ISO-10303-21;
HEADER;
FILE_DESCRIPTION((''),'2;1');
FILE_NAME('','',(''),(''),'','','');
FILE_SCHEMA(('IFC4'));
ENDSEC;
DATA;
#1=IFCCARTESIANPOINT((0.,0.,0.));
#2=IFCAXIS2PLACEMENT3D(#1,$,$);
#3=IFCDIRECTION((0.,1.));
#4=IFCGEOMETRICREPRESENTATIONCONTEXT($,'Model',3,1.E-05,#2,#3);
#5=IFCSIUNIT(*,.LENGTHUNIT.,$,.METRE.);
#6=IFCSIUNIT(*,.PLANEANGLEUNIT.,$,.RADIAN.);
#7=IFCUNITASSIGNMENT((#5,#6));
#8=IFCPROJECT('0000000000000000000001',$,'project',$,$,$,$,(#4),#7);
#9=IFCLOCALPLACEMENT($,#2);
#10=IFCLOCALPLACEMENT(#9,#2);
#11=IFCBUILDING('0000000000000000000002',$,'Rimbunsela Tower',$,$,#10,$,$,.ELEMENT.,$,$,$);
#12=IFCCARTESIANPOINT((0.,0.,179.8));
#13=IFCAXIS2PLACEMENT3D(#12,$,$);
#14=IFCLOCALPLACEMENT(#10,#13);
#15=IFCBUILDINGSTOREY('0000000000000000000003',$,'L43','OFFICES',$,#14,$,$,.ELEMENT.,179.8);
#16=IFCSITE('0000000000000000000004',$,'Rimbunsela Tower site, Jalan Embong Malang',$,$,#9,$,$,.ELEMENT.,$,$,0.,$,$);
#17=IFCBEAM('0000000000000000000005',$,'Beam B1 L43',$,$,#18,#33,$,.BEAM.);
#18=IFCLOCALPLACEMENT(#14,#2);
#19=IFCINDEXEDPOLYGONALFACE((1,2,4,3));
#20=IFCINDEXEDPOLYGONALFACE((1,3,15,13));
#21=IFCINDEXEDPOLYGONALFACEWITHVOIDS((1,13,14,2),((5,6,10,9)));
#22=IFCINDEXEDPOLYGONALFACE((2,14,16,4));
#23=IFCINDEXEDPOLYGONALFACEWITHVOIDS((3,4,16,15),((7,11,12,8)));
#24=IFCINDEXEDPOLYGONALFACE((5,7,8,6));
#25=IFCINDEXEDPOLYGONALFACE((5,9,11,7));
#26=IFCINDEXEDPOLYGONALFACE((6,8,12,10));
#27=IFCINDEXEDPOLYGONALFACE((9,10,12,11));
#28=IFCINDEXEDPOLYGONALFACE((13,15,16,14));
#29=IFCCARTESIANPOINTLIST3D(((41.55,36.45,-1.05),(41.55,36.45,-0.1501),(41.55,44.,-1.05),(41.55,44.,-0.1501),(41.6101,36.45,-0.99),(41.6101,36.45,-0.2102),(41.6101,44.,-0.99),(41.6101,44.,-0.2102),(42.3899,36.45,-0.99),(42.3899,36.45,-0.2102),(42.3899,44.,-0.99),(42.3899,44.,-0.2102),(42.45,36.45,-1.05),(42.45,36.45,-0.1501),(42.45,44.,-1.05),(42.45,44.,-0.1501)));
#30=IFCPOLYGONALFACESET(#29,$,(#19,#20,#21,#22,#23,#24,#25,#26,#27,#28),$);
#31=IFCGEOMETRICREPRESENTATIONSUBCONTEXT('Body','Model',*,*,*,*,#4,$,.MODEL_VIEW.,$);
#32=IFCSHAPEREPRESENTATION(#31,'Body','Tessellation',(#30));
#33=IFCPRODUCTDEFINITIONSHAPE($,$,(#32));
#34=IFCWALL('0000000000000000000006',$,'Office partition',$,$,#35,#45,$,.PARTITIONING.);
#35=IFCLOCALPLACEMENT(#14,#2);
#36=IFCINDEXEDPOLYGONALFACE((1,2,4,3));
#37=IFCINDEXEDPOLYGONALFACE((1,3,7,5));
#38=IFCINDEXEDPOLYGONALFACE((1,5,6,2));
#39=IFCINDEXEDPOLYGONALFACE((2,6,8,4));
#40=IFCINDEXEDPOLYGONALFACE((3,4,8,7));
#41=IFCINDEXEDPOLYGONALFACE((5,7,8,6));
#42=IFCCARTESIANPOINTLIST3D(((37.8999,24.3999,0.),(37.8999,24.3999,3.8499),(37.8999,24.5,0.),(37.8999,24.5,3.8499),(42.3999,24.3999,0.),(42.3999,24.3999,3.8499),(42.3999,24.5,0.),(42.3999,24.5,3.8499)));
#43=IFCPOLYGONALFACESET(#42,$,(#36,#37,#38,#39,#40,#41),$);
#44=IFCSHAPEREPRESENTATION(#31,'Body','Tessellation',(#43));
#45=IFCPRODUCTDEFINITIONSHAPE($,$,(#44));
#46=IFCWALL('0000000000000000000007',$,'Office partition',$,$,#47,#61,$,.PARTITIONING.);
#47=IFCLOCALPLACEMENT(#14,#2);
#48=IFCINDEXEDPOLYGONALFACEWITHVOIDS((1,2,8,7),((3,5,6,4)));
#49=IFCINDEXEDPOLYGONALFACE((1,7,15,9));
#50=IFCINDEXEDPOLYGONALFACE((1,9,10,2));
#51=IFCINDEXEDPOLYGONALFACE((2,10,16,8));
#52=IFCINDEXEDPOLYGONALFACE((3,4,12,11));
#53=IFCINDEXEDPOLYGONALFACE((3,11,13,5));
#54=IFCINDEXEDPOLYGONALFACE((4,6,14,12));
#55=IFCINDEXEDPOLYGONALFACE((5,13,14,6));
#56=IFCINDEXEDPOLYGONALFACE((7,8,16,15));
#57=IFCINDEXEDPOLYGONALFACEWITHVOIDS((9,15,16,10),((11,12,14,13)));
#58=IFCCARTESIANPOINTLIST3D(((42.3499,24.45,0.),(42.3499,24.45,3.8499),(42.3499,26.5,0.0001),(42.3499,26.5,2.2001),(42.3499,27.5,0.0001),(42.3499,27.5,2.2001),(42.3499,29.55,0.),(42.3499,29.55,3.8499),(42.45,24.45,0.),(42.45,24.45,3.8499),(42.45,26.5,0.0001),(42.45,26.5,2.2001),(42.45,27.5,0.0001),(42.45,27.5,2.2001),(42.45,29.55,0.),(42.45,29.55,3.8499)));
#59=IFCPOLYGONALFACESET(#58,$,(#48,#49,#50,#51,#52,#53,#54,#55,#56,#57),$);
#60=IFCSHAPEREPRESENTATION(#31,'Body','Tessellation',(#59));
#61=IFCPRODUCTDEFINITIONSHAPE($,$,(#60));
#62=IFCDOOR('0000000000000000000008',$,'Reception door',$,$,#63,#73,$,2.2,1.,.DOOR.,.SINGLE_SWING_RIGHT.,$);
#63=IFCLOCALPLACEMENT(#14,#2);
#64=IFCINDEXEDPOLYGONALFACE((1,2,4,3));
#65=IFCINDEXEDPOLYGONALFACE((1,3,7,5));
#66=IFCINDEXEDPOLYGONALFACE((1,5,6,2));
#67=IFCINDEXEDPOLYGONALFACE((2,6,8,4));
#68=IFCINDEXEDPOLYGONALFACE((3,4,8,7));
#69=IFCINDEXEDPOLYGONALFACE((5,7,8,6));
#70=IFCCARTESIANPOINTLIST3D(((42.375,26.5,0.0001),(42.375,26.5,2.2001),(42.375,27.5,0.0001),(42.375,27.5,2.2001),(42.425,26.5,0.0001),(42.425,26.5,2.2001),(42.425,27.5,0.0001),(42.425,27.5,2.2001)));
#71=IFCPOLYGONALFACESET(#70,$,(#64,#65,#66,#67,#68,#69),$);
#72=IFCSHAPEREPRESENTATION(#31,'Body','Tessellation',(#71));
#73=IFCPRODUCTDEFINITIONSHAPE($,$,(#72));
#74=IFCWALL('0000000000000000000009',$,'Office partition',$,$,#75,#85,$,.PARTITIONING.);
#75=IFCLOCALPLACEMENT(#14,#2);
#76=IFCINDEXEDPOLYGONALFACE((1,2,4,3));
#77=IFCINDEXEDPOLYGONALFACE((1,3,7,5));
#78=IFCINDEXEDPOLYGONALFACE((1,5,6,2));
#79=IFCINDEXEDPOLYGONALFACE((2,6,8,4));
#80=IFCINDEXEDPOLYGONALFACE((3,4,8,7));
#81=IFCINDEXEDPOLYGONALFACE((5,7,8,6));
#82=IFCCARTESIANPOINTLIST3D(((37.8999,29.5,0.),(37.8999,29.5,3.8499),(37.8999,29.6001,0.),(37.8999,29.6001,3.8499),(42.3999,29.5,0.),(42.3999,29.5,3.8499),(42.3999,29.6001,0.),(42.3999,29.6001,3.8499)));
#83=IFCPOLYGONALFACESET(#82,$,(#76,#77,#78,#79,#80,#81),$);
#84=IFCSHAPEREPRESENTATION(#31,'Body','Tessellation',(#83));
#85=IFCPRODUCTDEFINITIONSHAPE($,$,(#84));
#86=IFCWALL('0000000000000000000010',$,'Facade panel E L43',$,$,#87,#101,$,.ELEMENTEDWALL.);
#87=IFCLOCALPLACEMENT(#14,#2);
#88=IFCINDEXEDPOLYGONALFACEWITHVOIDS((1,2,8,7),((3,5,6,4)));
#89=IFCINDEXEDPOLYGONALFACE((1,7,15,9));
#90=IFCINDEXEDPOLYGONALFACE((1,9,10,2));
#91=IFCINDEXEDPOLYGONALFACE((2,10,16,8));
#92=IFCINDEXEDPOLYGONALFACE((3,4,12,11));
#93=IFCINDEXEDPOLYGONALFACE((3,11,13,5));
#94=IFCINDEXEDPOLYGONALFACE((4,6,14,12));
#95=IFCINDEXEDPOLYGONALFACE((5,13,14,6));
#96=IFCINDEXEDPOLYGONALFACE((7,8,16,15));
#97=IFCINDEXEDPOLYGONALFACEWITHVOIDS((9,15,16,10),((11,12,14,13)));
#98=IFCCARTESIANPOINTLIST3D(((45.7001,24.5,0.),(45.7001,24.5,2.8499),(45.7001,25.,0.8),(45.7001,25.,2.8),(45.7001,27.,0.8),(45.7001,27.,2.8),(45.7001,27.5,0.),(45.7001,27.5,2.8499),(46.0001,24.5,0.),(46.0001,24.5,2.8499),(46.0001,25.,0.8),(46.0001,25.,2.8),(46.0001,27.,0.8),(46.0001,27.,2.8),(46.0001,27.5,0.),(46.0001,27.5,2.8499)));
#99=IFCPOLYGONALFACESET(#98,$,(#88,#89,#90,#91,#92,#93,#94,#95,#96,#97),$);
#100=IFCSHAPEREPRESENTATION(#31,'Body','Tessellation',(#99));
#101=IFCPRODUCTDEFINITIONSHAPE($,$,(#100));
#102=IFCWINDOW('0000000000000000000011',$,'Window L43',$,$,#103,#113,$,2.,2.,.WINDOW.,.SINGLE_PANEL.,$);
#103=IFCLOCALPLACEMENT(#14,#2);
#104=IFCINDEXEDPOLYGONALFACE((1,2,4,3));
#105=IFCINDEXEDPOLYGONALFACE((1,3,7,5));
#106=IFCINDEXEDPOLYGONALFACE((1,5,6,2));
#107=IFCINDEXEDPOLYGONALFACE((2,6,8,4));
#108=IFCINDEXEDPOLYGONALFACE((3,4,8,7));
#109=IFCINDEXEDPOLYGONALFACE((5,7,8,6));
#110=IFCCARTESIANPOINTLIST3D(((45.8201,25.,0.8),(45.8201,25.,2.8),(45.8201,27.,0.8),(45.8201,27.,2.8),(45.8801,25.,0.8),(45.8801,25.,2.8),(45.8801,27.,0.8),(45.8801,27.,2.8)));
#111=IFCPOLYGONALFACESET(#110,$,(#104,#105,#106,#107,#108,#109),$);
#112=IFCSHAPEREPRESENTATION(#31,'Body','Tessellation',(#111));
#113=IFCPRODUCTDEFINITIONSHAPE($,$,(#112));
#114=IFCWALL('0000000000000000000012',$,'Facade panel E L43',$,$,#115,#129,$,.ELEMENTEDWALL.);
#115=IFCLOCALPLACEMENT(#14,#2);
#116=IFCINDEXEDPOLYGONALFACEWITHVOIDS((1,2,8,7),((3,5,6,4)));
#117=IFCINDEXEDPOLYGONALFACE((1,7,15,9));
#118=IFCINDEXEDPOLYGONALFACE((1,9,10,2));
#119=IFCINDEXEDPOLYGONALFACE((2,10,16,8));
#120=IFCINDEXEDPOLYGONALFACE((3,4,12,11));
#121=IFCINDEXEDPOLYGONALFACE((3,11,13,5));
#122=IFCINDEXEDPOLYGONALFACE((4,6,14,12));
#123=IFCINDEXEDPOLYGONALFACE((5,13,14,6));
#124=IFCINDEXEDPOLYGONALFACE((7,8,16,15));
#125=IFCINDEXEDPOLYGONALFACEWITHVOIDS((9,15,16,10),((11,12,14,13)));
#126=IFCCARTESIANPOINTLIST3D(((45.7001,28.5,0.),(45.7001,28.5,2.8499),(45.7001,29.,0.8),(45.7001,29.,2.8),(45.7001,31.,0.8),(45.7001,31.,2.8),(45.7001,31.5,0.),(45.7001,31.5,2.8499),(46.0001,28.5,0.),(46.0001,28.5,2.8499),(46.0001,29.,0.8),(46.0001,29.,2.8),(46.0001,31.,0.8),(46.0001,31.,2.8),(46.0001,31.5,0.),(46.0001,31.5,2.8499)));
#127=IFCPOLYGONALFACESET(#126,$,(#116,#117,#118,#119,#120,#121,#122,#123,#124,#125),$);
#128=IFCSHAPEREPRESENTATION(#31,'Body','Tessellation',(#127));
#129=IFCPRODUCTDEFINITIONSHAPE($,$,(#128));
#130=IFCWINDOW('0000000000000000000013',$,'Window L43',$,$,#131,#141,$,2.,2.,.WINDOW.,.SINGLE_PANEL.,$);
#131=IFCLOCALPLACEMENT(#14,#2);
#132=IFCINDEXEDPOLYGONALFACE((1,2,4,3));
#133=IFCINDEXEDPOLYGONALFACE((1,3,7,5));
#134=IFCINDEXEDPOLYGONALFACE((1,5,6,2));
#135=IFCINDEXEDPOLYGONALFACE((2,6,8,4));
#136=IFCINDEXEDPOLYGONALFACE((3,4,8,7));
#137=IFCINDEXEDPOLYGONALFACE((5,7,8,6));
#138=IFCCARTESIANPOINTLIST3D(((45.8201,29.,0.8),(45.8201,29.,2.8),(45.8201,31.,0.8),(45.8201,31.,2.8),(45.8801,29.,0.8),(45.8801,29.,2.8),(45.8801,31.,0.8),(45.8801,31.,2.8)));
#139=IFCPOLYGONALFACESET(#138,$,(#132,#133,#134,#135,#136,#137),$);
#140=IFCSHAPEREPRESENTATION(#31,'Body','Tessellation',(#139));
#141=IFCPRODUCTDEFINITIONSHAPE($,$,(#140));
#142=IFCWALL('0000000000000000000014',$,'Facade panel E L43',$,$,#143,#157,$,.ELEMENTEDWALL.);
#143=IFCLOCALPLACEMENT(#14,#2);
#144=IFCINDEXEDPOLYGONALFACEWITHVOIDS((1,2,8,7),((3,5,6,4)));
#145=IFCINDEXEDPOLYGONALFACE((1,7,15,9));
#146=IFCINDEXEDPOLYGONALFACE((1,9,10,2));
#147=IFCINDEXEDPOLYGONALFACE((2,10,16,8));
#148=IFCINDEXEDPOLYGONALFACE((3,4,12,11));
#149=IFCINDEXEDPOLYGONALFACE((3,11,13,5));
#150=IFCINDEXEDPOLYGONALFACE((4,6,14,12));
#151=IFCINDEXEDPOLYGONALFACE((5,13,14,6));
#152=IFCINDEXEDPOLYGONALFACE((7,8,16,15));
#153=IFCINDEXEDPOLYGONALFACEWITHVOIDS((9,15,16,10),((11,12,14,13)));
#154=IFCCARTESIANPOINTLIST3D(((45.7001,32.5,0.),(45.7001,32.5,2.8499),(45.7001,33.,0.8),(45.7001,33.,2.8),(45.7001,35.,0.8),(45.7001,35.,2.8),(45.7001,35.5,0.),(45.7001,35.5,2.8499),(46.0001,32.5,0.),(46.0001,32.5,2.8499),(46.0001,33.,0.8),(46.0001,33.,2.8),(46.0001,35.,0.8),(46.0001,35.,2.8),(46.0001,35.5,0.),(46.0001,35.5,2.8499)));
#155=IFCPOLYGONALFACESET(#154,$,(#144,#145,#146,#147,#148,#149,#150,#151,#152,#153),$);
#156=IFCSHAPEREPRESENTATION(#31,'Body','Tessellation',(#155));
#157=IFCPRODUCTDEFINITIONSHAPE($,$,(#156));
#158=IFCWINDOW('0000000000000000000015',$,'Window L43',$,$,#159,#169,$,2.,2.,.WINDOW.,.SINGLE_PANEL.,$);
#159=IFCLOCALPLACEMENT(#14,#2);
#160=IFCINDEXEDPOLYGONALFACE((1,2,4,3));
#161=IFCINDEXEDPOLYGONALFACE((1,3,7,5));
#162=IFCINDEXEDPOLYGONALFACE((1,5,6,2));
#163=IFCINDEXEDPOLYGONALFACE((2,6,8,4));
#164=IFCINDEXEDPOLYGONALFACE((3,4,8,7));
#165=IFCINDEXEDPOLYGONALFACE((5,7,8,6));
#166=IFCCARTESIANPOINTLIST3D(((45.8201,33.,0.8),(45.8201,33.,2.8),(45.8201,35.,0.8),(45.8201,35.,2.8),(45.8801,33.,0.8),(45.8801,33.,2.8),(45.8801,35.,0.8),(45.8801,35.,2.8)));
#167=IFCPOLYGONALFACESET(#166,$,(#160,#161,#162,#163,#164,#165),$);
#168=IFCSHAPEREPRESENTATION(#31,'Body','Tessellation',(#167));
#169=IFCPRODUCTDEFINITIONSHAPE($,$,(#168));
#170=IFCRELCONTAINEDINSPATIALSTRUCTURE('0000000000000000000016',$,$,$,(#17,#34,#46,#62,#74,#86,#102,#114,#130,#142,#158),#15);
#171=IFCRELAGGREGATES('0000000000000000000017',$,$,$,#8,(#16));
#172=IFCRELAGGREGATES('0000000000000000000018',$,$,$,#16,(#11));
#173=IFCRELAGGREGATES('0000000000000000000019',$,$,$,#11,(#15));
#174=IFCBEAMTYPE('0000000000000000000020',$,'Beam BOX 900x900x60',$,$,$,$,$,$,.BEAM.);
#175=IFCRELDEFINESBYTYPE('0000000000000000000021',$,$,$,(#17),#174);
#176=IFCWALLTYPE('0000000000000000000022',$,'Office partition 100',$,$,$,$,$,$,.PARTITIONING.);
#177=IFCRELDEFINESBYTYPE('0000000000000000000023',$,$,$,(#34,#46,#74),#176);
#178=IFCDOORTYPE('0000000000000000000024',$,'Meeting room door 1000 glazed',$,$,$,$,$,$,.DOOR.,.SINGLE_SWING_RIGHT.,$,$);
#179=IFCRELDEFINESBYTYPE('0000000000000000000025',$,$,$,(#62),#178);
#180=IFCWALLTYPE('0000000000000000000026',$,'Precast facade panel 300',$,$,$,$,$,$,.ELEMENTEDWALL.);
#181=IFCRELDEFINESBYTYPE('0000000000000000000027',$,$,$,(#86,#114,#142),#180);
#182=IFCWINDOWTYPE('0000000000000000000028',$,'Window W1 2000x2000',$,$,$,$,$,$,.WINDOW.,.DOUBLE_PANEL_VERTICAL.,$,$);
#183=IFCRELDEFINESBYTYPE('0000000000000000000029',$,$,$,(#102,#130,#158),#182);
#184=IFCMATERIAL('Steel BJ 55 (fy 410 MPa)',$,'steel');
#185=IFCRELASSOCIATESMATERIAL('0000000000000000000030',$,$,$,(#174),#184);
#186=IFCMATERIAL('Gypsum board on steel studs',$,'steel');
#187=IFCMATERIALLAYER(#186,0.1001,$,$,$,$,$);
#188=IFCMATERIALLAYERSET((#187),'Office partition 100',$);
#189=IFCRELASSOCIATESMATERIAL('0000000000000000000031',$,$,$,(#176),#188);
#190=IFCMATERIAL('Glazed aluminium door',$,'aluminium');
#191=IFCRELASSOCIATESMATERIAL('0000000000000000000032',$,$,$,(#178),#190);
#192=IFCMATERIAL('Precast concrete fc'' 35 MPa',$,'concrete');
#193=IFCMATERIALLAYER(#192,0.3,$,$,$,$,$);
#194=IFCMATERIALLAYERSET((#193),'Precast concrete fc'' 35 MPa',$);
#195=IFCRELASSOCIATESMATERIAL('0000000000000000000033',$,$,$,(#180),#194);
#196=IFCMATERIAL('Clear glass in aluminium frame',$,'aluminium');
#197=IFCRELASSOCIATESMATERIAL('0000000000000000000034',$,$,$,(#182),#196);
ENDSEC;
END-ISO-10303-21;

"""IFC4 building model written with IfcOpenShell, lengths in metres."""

from ifc_helpers import new_model, si_unit, direction, frame, frame_2d, origin, origin_2d, place, context, subcontext, project, spatial, rectangle, hollow_rectangle, extrude, material, layer, layer_set, material_profile, profile_set, type_object, element, fill, save


model = new_model("IFC4")

# Units and contexts
model_context = context("Model", 3, precision=1e-05, world=origin(), true_north=direction((0.0, 1.0)))
body_context = subcontext(model_context, "Body", "Model", "MODEL_VIEW")
ifc_project = project(units=[si_unit("LENGTHUNIT", "METRE"), si_unit("PLANEANGLEUNIT", "RADIAN")], contexts=[model_context])

# Site, building, storey
site_placement = place(None, origin())
site = spatial("IfcSite", under=ifc_project, at=site_placement, Name="Rimbunsela Tower site, Jalan Embong Malang", CompositionType="ELEMENT", RefElevation=0.0)
building_placement = place(site_placement, origin())
building = spatial("IfcBuilding", under=site, at=building_placement, Name="Rimbunsela Tower", CompositionType="ELEMENT")
storey_placement = place(building_placement, frame((0.0, 0.0, 179.8)))
storey = spatial("IfcBuildingStorey", under=building, at=storey_placement, Name="L43", Description="OFFICES", CompositionType="ELEMENT", Elevation=179.8)

# Beam
ifc_material_1 = material(Name="Steel BJ 55 (fy 410 MPa)", Category="steel")
ifc_material_profile_1 = material_profile(ifc_material_1, hollow_rectangle(XDim=0.8999, YDim=0.8999, WallThickness=0.0601, at=origin_2d()), Name="BOX 900x900x60")
ifc_profile_set_1 = profile_set([ifc_material_profile_1], Name="Steel BJ 55 (fy 410 MPa)")
beam_type_1 = type_object("IfcBeamType", Name="Beam BOX 900x900x60", PredefinedType="BEAM", material=ifc_profile_set_1)
beam_1_placement = place(storey_placement, frame((42.0, 36.45, -0.6001), z_axis=(0.0, 1.0, 0.0), x_axis=(-1.0, 0.0, 0.0)))
element("IfcBeam", 1, at=beam_1_placement, inside=storey, type_object=beam_type_1, Name="Beam B1 L43", PredefinedType="BEAM", context=body_context, shape_type="SweptSolid", body=[
    extrude(hollow_rectangle(XDim=0.8999, YDim=0.8999, WallThickness=0.0601, at=origin_2d()), origin(), (0.0, 0.0, 1.0), 7.55),
])

# Wall
ifc_material_2 = material(Name="Gypsum board on steel studs", Category="steel")
ifc_layer_1 = layer(ifc_material_2, 0.1001)
ifc_layer_set_1 = layer_set([ifc_layer_1], Name="Office partition 100")
wall_type_1 = type_object("IfcWallType", Name="Office partition 100", PredefinedType="PARTITIONING", material=ifc_layer_set_1)
wall_1_placement = place(storey_placement, frame((37.8999, 24.45, 0.0), z_axis=(0.0, 0.0, 1.0), x_axis=(1.0, 0.0, 0.0)))
element("IfcWall", 2, at=wall_1_placement, inside=storey, type_object=wall_type_1, Name="Office partition", PredefinedType="PARTITIONING", context=body_context, shape_type="SweptSolid", body=[
    extrude(rectangle(XDim=4.5, YDim=0.1001, at=frame_2d((2.25, 0.0))), origin(), (0.0, 0.0, 1.0), 3.8499),
])

# Wall, opening, door
wall_2_placement = place(storey_placement, frame((42.3999, 24.45, 0.0), z_axis=(0.0, 0.0, 1.0), x_axis=(0.0, 1.0, 0.0)))
wall_2 = element("IfcWall", 3, at=wall_2_placement, inside=storey, type_object=wall_type_1, Name="Office partition", PredefinedType="PARTITIONING", context=body_context, shape_type="SweptSolid", body=[
    extrude(rectangle(XDim=5.1001, YDim=0.1001, at=frame_2d((2.55, 0.0))), origin(), (0.0, 0.0, 1.0), 3.8499),
])
opening_1_placement = place(wall_2_placement, frame((2.05, 0.0, 0.0)))
opening_1 = element("IfcOpeningElement", 4, at=opening_1_placement, cuts=wall_2, PredefinedType="OPENING", context=body_context, shape_type="SweptSolid", body=[
    extrude(rectangle(XDim=1.0, YDim=2.2, at=frame_2d((0.5, 1.1001))), frame((0.0, 0.0601, 0.0), z_axis=(0.0, -1.0, 0.0), x_axis=(1.0, 0.0, 0.0)), (0.0, 0.0, 1.0), 0.1201),
])
ifc_material_3 = material(Name="Glazed aluminium door", Category="aluminium")
door_type = type_object("IfcDoorType", Name="Meeting room door 1000 glazed", OperationType="SINGLE_SWING_RIGHT", PredefinedType="DOOR", material=ifc_material_3)
door_placement = place(opening_1_placement, origin())
door = element("IfcDoor", 5, at=door_placement, inside=storey, type_object=door_type, Name="Reception door", OperationType="SINGLE_SWING_RIGHT", OverallHeight=2.2, OverallWidth=1.0, PredefinedType="DOOR", context=body_context, shape_type="SweptSolid", body=[
    extrude(rectangle(XDim=1.0, YDim=2.2, at=frame_2d((0.5, 1.1001))), frame((0.0, 0.0249, 0.0), z_axis=(0.0, -1.0, 0.0), x_axis=(1.0, 0.0, 0.0)), (0.0, 0.0, 1.0), 0.05),
])
fill(opening_1, door)

# Wall
wall_3_placement = place(storey_placement, frame((42.3999, 29.55, 0.0), z_axis=(0.0, 0.0, 1.0), x_axis=(-1.0, 0.0, 0.0)))
element("IfcWall", 6, at=wall_3_placement, inside=storey, type_object=wall_type_1, Name="Office partition", PredefinedType="PARTITIONING", context=body_context, shape_type="SweptSolid", body=[
    extrude(rectangle(XDim=4.5, YDim=0.1001, at=frame_2d((2.25, 0.0))), origin(), (0.0, 0.0, 1.0), 3.8499),
])

# Walls, openings, windows
ifc_material_4 = material(Name="Precast concrete fc' 35 MPa", Category="concrete")
ifc_layer_2 = layer(ifc_material_4, 0.3)
ifc_layer_set_2 = layer_set([ifc_layer_2], Name="Precast concrete fc' 35 MPa")
wall_type_2 = type_object("IfcWallType", Name="Precast facade panel 300", PredefinedType="ELEMENTEDWALL", material=ifc_layer_set_2)
wall_4_placement = place(storey_placement, frame((45.8501, 24.5, 0.0), z_axis=(0.0, 0.0, 1.0), x_axis=(0.0, 1.0, 0.0)))
wall_4 = element("IfcWall", 7, at=wall_4_placement, inside=storey, type_object=wall_type_2, Name="Facade panel E L43", PredefinedType="ELEMENTEDWALL", context=body_context, shape_type="SweptSolid", body=[
    extrude(rectangle(XDim=3.0, YDim=0.3, at=frame_2d((1.5, 0.0))), origin(), (0.0, 0.0, 1.0), 2.8499),
])
opening_2_placement = place(wall_4_placement, frame((0.5, 0.0, 0.8)))
opening_2 = element("IfcOpeningElement", 8, at=opening_2_placement, cuts=wall_4, PredefinedType="OPENING", context=body_context, shape_type="SweptSolid", body=[
    extrude(rectangle(XDim=2.0, YDim=2.0, at=frame_2d((1.0, 1.0))), frame((0.0, 0.1599, 0.0), z_axis=(0.0, -1.0, 0.0), x_axis=(1.0, 0.0, 0.0)), (0.0, 0.0, 1.0), 0.3201),
])
ifc_material_5 = material(Name="Clear glass in aluminium frame", Category="aluminium")
window_type = type_object("IfcWindowType", Name="Window W1 2000x2000", PartitioningType="DOUBLE_PANEL_VERTICAL", PredefinedType="WINDOW", material=ifc_material_5)
window_1_placement = place(opening_2_placement, origin())
window_1 = element("IfcWindow", 9, at=window_1_placement, inside=storey, type_object=window_type, Name="Window L43", OverallHeight=2.0, OverallWidth=2.0, PartitioningType="SINGLE_PANEL", PredefinedType="WINDOW", context=body_context, shape_type="SweptSolid", body=[
    extrude(rectangle(XDim=2.0, YDim=2.0, at=frame_2d((1.0, 1.0))), frame((0.0, 0.03, 0.0), z_axis=(0.0, -1.0, 0.0), x_axis=(1.0, 0.0, 0.0)), (0.0, 0.0, 1.0), 0.0601),
])
fill(opening_2, window_1)
wall_5_placement = place(storey_placement, frame((45.8501, 28.5, 0.0), z_axis=(0.0, 0.0, 1.0), x_axis=(0.0, 1.0, 0.0)))
wall_5 = element("IfcWall", 10, at=wall_5_placement, inside=storey, type_object=wall_type_2, Name="Facade panel E L43", PredefinedType="ELEMENTEDWALL", context=body_context, shape_type="SweptSolid", body=[
    extrude(rectangle(XDim=3.0, YDim=0.3, at=frame_2d((1.5, 0.0))), origin(), (0.0, 0.0, 1.0), 2.8499),
])
opening_3_placement = place(wall_5_placement, frame((0.5, 0.0, 0.8)))
opening_3 = element("IfcOpeningElement", 11, at=opening_3_placement, cuts=wall_5, PredefinedType="OPENING", context=body_context, shape_type="SweptSolid", body=[
    extrude(rectangle(XDim=2.0, YDim=2.0, at=frame_2d((1.0, 1.0))), frame((0.0, 0.1599, 0.0), z_axis=(0.0, -1.0, 0.0), x_axis=(1.0, 0.0, 0.0)), (0.0, 0.0, 1.0), 0.3201),
])
window_2_placement = place(opening_3_placement, origin())
window_2 = element("IfcWindow", 12, at=window_2_placement, inside=storey, type_object=window_type, Name="Window L43", OverallHeight=2.0, OverallWidth=2.0, PartitioningType="SINGLE_PANEL", PredefinedType="WINDOW", context=body_context, shape_type="SweptSolid", body=[
    extrude(rectangle(XDim=2.0, YDim=2.0, at=frame_2d((1.0, 1.0))), frame((0.0, 0.03, 0.0), z_axis=(0.0, -1.0, 0.0), x_axis=(1.0, 0.0, 0.0)), (0.0, 0.0, 1.0), 0.0601),
])
fill(opening_3, window_2)
wall_6_placement = place(storey_placement, frame((45.8501, 32.5, 0.0), z_axis=(0.0, 0.0, 1.0), x_axis=(0.0, 1.0, 0.0)))
wall_6 = element("IfcWall", 13, at=wall_6_placement, inside=storey, type_object=wall_type_2, Name="Facade panel E L43", PredefinedType="ELEMENTEDWALL", context=body_context, shape_type="SweptSolid", body=[
    extrude(rectangle(XDim=3.0, YDim=0.3, at=frame_2d((1.5, 0.0))), origin(), (0.0, 0.0, 1.0), 2.8499),
])
opening_4_placement = place(wall_6_placement, frame((0.5, 0.0, 0.8)))
opening_4 = element("IfcOpeningElement", 14, at=opening_4_placement, cuts=wall_6, PredefinedType="OPENING", context=body_context, shape_type="SweptSolid", body=[
    extrude(rectangle(XDim=2.0, YDim=2.0, at=frame_2d((1.0, 1.0))), frame((0.0, 0.1599, 0.0), z_axis=(0.0, -1.0, 0.0), x_axis=(1.0, 0.0, 0.0)), (0.0, 0.0, 1.0), 0.3201),
])
window_3_placement = place(opening_4_placement, origin())
window_3 = element("IfcWindow", 15, at=window_3_placement, inside=storey, type_object=window_type, Name="Window L43", OverallHeight=2.0, OverallWidth=2.0, PartitioningType="SINGLE_PANEL", PredefinedType="WINDOW", context=body_context, shape_type="SweptSolid", body=[
    extrude(rectangle(XDim=2.0, YDim=2.0, at=frame_2d((1.0, 1.0))), frame((0.0, 0.03, 0.0), z_axis=(0.0, -1.0, 0.0), x_axis=(1.0, 0.0, 0.0)), (0.0, 0.0, 1.0), 0.0601),
])
fill(opening_4, window_3)

save(model, "model.ifc")
